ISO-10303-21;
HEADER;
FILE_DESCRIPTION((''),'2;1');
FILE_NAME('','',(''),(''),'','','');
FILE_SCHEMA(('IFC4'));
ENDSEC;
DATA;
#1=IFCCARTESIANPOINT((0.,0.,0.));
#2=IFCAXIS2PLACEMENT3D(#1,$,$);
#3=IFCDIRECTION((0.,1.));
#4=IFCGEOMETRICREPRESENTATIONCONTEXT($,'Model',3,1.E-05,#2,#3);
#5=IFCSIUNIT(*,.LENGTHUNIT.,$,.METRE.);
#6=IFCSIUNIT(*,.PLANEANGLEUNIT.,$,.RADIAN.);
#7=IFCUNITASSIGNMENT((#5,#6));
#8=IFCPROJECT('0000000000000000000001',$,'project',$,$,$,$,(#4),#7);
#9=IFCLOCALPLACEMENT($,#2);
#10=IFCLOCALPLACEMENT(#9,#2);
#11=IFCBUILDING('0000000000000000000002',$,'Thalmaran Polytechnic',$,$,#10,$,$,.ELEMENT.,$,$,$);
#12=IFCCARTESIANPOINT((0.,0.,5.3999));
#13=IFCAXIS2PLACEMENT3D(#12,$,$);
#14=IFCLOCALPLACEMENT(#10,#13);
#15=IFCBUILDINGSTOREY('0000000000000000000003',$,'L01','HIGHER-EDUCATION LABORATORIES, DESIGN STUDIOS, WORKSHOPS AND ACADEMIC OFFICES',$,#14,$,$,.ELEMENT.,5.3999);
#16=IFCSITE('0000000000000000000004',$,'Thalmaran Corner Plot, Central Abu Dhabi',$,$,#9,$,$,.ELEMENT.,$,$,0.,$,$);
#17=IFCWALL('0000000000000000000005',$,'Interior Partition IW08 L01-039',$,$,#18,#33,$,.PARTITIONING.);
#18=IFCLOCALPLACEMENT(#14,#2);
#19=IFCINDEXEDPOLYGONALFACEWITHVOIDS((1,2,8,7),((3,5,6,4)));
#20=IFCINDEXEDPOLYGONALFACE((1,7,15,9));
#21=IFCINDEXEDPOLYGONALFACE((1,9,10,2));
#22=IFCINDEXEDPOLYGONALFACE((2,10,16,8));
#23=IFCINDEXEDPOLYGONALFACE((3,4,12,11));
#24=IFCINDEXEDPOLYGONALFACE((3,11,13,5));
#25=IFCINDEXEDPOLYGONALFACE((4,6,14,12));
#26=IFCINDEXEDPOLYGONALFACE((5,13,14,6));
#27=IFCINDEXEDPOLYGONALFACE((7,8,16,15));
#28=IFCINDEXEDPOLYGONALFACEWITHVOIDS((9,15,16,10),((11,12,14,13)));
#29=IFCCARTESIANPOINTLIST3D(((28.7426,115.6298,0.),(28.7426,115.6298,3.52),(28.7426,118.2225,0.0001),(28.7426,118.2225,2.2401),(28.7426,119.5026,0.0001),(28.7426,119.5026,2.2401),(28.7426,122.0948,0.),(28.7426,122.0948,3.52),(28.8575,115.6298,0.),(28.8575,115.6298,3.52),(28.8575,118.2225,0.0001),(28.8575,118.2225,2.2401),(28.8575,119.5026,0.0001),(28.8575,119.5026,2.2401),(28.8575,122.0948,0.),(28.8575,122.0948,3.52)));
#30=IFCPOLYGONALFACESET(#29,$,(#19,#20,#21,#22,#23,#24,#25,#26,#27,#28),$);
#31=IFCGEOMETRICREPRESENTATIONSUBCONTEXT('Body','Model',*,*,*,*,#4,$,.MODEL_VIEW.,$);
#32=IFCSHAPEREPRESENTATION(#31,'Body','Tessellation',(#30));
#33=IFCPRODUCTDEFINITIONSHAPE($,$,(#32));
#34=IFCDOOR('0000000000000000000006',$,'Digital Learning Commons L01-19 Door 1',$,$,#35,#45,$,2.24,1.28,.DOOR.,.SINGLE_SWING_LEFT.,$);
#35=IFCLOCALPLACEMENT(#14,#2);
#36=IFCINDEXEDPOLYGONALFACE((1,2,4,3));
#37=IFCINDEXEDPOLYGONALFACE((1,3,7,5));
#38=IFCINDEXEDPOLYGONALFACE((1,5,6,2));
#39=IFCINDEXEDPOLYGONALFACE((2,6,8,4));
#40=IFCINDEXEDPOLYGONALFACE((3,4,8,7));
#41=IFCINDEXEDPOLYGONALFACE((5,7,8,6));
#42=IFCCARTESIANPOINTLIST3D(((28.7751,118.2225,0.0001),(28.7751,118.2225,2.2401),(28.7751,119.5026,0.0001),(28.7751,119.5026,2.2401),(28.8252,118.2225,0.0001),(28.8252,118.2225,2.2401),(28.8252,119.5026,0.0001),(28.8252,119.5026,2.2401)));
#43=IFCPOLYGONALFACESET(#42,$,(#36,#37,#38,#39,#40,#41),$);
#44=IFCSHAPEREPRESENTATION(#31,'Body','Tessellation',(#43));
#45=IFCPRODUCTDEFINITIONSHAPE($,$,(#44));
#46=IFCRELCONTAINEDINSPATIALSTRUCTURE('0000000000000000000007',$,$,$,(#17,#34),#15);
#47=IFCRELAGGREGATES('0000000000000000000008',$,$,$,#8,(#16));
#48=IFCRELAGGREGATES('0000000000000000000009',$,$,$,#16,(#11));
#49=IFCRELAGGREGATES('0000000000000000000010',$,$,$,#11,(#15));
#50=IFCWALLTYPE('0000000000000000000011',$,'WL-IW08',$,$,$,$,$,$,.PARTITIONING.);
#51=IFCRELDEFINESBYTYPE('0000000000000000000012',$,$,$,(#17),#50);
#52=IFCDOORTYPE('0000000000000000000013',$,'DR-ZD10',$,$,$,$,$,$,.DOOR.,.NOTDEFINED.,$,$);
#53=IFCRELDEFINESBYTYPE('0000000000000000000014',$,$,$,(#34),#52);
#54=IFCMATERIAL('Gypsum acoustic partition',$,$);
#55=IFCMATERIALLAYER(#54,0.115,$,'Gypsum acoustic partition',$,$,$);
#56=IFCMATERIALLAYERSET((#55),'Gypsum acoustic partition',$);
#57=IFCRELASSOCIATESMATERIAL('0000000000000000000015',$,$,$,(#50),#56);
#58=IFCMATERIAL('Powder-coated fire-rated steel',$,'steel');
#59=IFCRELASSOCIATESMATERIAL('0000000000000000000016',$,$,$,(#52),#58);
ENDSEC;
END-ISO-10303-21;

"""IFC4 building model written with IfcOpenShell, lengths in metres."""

from ifc_helpers import new_model, si_unit, direction, frame, frame_2d, origin, place, context, subcontext, project, spatial, rectangle, extrude, material, layer, layer_set, type_object, element, fill, save


model = new_model("IFC4")

# Units and contexts
model_context = context("Model", 3, precision=1e-05, world=origin(), true_north=direction((0.0, 1.0)))
body_context = subcontext(model_context, "Body", "Model", "MODEL_VIEW")
ifc_project = project(units=[si_unit("LENGTHUNIT", "METRE"), si_unit("PLANEANGLEUNIT", "RADIAN")], contexts=[model_context])

# Site, building, storey
site_placement = place(None, origin())
site = spatial("IfcSite", under=ifc_project, at=site_placement, Name="Thalmaran Corner Plot, Central Abu Dhabi", CompositionType="ELEMENT", RefElevation=0.0)
building_placement = place(site_placement, origin())
building = spatial("IfcBuilding", under=site, at=building_placement, Name="Thalmaran Polytechnic", CompositionType="ELEMENT")
storey_placement = place(building_placement, frame((0.0, 0.0, 5.3999)))
storey = spatial("IfcBuildingStorey", under=building, at=storey_placement, Name="L01", Description="HIGHER-EDUCATION LABORATORIES, DESIGN STUDIOS, WORKSHOPS AND ACADEMIC OFFICES", CompositionType="ELEMENT", Elevation=5.3999)

# Shared definitions
ifc_material_1 = material(Name="Gypsum acoustic partition")

# Wall, opening, door
ifc_layer_1 = layer(ifc_material_1, 0.115, Name="Gypsum acoustic partition")
ifc_layer_set_1 = layer_set([ifc_layer_1], Name="Gypsum acoustic partition")
wall_type_1 = type_object("IfcWallType", Name="WL-IW08", PredefinedType="PARTITIONING", material=ifc_layer_set_1)
wall_1_placement = place(storey_placement, frame((28.8, 115.6299, 0.0), z_axis=(0.0, 0.0, 1.0), x_axis=(0.0, 1.0, 0.0)))
wall_1 = element("IfcWall", 1, at=wall_1_placement, inside=storey, type_object=wall_type_1, Name="Interior Partition IW08 L01-039", PredefinedType="PARTITIONING", context=body_context, shape_type="SweptSolid", body=[
    extrude(rectangle(XDim=6.4651, YDim=0.115, at=frame_2d((3.2324, 0.0))), origin(), (0.0, 0.0, 1.0), 3.52),
])
opening_placement = place(wall_1_placement, frame((2.5925, 0.0, 0.0)))
opening = element("IfcOpeningElement", 2, at=opening_placement, cuts=wall_1, PredefinedType="OPENING", context=body_context, shape_type="SweptSolid", body=[
    extrude(rectangle(XDim=1.28, YDim=2.24, at=frame_2d((0.6401, 1.1201))), frame((0.0, 0.0674, 0.0), z_axis=(0.0, -1.0, 0.0), x_axis=(1.0, 0.0, 0.0)), (0.0, 0.0, 1.0), 0.135),
])
ifc_material_2 = material(Name="Powder-coated fire-rated steel", Category="steel")
door_type = type_object("IfcDoorType", Name="DR-ZD10", OperationType="NOTDEFINED", PredefinedType="DOOR", material=ifc_material_2)
door_placement = place(opening_placement, origin())
door = element("IfcDoor", 3, at=door_placement, inside=storey, type_object=door_type, Name="Digital Learning Commons L01-19 Door 1", OperationType="SINGLE_SWING_LEFT", OverallHeight=2.24, OverallWidth=1.28, PredefinedType="DOOR", context=body_context, shape_type="SweptSolid", body=[
    extrude(rectangle(XDim=1.28, YDim=2.24, at=frame_2d((0.6401, 1.1201))), frame((0.0, 0.0249, 0.0), z_axis=(0.0, -1.0, 0.0), x_axis=(1.0, 0.0, 0.0)), (0.0, 0.0, 1.0), 0.05),
])
fill(opening, door)

save(model, "model.ifc")
